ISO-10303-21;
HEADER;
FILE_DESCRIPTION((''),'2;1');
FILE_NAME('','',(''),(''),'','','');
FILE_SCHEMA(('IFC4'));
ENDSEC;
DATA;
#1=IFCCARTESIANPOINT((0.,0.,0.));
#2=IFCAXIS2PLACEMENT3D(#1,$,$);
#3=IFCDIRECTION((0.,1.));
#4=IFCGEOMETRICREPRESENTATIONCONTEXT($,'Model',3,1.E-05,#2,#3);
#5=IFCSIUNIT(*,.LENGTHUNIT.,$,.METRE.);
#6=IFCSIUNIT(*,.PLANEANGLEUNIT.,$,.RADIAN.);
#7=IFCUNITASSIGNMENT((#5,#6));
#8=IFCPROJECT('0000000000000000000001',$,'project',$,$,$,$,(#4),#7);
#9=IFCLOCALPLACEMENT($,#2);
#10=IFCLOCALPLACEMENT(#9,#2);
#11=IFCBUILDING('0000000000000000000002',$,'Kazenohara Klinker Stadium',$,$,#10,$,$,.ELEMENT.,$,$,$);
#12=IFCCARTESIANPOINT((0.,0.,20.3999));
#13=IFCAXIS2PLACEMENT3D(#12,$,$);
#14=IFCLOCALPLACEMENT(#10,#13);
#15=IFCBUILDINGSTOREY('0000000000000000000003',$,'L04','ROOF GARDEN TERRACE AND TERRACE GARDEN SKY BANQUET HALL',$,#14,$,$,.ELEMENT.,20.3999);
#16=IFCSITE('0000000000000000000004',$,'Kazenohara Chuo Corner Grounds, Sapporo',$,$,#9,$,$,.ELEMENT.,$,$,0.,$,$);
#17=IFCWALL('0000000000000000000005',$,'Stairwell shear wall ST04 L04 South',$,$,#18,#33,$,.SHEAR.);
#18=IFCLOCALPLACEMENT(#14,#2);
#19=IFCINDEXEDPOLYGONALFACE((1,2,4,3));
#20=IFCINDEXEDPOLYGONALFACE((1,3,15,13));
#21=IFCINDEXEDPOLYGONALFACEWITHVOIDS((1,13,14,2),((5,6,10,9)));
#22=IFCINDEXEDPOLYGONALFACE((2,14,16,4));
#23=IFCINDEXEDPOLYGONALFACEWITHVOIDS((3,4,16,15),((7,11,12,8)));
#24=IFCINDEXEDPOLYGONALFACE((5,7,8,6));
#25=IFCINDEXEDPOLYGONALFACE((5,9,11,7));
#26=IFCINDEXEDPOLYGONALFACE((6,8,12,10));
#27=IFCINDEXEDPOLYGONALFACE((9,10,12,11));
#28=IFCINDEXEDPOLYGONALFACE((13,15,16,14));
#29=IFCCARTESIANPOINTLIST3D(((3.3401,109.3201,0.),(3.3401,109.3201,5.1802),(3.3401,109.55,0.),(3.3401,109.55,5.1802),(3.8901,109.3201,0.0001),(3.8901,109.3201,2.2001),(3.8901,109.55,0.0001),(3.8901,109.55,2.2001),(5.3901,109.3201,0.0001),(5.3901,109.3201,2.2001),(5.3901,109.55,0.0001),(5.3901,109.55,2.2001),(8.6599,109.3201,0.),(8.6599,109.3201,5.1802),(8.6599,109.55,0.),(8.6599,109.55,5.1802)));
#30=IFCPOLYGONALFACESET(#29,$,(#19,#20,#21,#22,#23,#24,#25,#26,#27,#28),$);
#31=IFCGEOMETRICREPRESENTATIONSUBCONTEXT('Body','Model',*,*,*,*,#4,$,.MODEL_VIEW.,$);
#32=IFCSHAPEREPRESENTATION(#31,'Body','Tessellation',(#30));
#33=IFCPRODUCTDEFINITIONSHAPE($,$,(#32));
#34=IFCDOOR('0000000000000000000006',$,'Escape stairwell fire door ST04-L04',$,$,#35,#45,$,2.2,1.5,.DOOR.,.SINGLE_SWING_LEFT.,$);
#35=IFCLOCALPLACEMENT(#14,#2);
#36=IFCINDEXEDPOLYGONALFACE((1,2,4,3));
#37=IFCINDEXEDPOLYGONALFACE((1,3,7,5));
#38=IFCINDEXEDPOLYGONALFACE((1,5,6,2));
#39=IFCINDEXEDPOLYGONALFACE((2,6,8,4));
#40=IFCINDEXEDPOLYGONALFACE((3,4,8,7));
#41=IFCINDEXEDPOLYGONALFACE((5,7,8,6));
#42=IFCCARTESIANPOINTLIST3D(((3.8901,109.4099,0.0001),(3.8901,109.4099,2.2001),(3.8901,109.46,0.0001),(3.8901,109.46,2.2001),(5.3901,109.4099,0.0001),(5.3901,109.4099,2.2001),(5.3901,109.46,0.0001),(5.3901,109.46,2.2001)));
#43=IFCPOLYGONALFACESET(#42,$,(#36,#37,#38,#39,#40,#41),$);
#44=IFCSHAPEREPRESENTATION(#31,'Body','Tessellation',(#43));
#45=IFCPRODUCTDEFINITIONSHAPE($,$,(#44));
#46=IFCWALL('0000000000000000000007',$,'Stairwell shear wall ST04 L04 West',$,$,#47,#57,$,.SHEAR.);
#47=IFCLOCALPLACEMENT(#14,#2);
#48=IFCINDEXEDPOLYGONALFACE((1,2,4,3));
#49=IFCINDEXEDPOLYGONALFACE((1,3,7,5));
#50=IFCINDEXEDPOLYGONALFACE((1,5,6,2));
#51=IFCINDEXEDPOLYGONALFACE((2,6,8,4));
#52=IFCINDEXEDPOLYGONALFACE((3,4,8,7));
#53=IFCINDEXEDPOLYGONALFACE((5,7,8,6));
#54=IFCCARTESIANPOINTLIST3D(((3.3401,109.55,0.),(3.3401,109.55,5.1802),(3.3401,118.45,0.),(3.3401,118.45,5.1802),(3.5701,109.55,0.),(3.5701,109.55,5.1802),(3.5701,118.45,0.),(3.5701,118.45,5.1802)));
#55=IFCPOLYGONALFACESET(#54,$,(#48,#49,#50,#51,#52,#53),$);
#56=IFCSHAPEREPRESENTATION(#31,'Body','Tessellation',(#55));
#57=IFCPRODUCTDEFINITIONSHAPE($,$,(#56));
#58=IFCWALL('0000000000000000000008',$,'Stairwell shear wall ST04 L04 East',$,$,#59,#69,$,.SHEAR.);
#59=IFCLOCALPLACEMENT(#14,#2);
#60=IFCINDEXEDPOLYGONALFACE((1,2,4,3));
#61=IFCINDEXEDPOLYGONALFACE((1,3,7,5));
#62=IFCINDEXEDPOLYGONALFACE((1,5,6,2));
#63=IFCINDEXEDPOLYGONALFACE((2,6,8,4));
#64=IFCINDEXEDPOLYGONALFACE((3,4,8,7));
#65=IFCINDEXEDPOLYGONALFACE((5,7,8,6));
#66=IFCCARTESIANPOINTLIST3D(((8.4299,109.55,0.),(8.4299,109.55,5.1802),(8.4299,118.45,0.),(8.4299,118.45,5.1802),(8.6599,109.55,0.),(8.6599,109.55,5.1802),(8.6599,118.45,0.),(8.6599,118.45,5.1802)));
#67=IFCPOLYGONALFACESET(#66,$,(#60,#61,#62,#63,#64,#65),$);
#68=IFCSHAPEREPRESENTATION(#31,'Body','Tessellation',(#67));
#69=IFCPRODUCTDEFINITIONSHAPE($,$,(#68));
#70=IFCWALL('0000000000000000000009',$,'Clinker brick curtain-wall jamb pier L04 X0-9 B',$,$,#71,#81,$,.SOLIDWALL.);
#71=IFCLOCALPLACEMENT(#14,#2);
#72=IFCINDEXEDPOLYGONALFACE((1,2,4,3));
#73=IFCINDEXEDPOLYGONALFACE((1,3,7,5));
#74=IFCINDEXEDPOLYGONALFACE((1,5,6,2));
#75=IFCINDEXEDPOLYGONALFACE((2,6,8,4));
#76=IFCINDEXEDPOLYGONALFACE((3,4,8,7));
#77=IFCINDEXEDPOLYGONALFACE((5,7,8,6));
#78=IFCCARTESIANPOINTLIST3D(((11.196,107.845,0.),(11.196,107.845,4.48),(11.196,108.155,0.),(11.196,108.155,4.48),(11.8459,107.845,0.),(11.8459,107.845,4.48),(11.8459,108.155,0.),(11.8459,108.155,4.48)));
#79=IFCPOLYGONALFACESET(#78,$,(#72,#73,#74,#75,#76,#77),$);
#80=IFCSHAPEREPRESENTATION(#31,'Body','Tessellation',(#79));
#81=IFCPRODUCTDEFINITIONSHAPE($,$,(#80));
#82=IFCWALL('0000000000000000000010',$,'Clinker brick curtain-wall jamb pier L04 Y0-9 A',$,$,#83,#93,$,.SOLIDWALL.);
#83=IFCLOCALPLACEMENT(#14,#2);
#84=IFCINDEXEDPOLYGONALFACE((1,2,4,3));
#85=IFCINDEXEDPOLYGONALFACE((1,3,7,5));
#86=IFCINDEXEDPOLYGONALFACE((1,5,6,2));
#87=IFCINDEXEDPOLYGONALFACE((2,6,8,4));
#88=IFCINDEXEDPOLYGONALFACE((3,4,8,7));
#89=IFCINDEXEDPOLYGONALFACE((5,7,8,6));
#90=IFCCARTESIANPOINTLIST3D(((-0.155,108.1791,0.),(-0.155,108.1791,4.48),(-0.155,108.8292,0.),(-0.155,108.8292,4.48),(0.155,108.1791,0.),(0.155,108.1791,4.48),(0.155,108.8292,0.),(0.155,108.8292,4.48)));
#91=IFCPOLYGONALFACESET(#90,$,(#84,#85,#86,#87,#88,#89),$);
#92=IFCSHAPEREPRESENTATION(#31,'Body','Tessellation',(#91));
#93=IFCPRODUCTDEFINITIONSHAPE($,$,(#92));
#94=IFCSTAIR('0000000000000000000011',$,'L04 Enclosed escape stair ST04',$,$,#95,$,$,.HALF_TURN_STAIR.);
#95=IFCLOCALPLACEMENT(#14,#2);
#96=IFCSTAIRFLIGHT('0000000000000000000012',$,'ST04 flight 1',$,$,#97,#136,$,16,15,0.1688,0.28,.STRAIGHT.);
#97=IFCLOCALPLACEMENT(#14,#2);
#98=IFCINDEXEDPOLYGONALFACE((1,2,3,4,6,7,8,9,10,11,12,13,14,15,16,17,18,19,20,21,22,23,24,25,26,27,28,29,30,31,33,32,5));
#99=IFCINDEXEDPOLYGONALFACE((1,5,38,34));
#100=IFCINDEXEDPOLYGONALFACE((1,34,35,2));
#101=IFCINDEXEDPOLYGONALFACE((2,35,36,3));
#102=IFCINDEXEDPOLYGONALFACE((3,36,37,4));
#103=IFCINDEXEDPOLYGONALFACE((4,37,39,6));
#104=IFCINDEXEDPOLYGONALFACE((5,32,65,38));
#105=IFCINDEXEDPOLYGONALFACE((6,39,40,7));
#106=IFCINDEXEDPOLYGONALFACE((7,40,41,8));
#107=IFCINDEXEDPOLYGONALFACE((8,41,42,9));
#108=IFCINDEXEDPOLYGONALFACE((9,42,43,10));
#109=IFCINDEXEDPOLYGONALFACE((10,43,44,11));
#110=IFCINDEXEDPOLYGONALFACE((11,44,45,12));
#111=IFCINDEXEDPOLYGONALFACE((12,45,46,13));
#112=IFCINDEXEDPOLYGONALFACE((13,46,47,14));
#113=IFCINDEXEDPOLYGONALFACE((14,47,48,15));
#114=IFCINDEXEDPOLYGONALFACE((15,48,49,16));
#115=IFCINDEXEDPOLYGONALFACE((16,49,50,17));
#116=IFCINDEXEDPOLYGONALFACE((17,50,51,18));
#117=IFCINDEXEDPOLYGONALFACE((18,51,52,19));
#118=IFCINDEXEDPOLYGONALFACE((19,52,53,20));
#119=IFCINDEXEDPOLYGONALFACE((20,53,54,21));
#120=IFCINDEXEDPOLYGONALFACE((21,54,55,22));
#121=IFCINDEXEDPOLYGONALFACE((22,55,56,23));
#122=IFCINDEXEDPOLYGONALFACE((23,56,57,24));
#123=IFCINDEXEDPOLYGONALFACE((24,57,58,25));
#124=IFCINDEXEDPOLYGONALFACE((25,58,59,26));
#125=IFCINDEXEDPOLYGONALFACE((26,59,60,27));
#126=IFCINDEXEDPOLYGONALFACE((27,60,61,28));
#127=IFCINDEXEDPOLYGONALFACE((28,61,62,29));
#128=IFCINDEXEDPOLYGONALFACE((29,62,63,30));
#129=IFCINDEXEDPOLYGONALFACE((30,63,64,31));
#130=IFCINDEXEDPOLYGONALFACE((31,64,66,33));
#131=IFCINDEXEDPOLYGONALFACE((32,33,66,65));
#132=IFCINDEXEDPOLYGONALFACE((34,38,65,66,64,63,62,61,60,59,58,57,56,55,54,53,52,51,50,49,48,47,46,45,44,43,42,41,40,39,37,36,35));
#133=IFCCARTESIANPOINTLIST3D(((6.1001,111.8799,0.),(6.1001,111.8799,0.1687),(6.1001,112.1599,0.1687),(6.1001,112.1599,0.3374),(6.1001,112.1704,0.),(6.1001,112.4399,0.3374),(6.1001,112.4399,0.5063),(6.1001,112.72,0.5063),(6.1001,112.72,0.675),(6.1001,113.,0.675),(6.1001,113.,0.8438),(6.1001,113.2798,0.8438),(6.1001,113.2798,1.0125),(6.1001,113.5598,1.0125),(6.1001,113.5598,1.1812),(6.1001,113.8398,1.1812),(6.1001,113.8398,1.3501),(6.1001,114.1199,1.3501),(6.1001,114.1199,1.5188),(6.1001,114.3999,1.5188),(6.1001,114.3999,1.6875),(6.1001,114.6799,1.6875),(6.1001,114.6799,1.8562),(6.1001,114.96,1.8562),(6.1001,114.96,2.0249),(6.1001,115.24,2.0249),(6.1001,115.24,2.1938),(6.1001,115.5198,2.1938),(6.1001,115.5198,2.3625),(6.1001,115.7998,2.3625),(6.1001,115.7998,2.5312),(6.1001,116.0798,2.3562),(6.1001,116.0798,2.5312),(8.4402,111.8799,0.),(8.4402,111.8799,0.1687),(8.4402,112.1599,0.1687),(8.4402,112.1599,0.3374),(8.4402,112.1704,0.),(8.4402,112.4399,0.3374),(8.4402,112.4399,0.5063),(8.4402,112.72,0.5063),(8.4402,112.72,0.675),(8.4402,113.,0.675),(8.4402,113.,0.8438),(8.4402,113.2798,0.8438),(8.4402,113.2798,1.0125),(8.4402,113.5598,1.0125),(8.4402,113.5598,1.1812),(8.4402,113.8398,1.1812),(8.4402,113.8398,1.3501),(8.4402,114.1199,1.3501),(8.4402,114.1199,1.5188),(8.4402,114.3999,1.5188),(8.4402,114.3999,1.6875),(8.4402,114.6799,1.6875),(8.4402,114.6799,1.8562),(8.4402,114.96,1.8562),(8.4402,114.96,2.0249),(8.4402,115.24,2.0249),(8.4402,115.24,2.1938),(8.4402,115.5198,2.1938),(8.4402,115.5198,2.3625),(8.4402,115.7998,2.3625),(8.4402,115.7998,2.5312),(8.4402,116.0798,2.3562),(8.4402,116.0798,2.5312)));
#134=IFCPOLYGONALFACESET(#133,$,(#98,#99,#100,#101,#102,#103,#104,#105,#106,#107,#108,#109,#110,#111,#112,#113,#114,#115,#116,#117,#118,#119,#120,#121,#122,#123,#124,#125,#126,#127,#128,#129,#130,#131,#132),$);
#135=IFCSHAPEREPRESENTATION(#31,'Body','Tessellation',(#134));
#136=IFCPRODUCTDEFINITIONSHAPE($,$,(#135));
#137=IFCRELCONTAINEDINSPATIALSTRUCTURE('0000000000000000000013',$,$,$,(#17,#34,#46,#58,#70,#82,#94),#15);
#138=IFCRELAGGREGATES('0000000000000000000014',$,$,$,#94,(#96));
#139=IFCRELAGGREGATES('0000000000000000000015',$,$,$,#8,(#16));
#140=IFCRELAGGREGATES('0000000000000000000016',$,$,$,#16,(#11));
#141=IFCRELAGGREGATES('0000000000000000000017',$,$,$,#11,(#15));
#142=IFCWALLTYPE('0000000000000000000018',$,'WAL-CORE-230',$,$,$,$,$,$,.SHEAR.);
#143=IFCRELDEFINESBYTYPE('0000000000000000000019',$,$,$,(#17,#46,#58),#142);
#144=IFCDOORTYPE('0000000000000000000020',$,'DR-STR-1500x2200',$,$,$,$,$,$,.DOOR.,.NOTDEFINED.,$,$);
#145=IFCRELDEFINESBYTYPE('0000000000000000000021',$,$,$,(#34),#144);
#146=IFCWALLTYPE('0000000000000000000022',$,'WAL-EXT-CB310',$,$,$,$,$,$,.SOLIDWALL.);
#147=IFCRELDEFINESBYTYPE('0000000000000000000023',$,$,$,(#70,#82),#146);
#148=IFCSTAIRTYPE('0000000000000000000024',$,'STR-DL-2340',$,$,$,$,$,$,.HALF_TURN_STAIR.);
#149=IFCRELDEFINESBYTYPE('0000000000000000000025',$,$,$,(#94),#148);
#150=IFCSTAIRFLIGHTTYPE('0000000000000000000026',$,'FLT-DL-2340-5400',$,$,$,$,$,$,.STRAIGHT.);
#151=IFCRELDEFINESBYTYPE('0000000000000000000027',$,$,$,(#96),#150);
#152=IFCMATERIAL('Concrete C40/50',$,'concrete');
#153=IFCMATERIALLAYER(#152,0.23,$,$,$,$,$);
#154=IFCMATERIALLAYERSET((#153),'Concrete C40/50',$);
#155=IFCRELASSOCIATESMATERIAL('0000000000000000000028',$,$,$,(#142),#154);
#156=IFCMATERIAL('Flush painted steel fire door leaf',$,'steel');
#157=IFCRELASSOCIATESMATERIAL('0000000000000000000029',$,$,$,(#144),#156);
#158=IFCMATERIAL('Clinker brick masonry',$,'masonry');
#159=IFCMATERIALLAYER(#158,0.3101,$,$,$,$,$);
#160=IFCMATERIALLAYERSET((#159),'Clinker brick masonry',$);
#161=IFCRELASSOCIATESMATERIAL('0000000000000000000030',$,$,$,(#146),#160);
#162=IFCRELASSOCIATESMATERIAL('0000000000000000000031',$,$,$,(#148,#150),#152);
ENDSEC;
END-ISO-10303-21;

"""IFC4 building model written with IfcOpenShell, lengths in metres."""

from ifc_helpers import new_model, si_unit, direction, frame, frame_2d, origin, place, context, subcontext, project, spatial, polyline, rectangle, outline, extrude, material, layer, layer_set, type_object, element, fill, aggregate, save


model = new_model("IFC4")

# Units and contexts
model_context = context("Model", 3, precision=1e-05, world=origin(), true_north=direction((0.0, 1.0)))
body_context = subcontext(model_context, "Body", "Model", "MODEL_VIEW")
ifc_project = project(units=[si_unit("LENGTHUNIT", "METRE"), si_unit("PLANEANGLEUNIT", "RADIAN")], contexts=[model_context])

# Site, building, storey
site_placement = place(None, origin())
site = spatial("IfcSite", under=ifc_project, at=site_placement, Name="Kazenohara Chuo Corner Grounds, Sapporo", CompositionType="ELEMENT", RefElevation=0.0)
building_placement = place(site_placement, origin())
building = spatial("IfcBuilding", under=site, at=building_placement, Name="Kazenohara Klinker Stadium", CompositionType="ELEMENT")
storey_placement = place(building_placement, frame((0.0, 0.0, 20.3999)))
storey = spatial("IfcBuildingStorey", under=building, at=storey_placement, Name="L04", Description="ROOF GARDEN TERRACE AND TERRACE GARDEN SKY BANQUET HALL", CompositionType="ELEMENT", Elevation=20.3999)

# Shared definitions
ifc_material_1 = material(Name="Concrete C40/50", Category="concrete")

# Wall, opening, door
ifc_layer_1 = layer(ifc_material_1, 0.23)
ifc_layer_set_1 = layer_set([ifc_layer_1], Name="Concrete C40/50")
wall_type_1 = type_object("IfcWallType", Name="WAL-CORE-230", PredefinedType="SHEAR", material=ifc_layer_set_1)
wall_1_placement = place(storey_placement, frame((3.3401, 109.4351, 0.0), z_axis=(0.0, 0.0, 1.0), x_axis=(1.0, 0.0, 0.0)))
wall_1 = element("IfcWall", 1, at=wall_1_placement, inside=storey, type_object=wall_type_1, Name="Stairwell shear wall ST04 L04 South", PredefinedType="SHEAR", context=body_context, shape_type="SweptSolid", body=[
    extrude(rectangle(XDim=5.3198, YDim=0.23, at=frame_2d((2.6599, 0.0))), origin(), (0.0, 0.0, 1.0), 5.1802),
])
opening_placement = place(wall_1_placement, frame((0.55, 0.0, 0.0)))
opening = element("IfcOpeningElement", 2, at=opening_placement, cuts=wall_1, PredefinedType="OPENING", context=body_context, shape_type="SweptSolid", body=[
    extrude(rectangle(XDim=1.5, YDim=2.2, at=frame_2d((0.75, 1.1001))), frame((0.0, 0.125, 0.0), z_axis=(0.0, -1.0, 0.0), x_axis=(1.0, 0.0, 0.0)), (0.0, 0.0, 1.0), 0.25),
])
ifc_material_2 = material(Name="Flush painted steel fire door leaf", Category="steel")
door_type = type_object("IfcDoorType", Name="DR-STR-1500x2200", OperationType="NOTDEFINED", PredefinedType="DOOR", material=ifc_material_2)
door_placement = place(opening_placement, origin())
door = element("IfcDoor", 3, at=door_placement, inside=storey, type_object=door_type, Name="Escape stairwell fire door ST04-L04", OperationType="SINGLE_SWING_LEFT", OverallHeight=2.2, OverallWidth=1.5, PredefinedType="DOOR", context=body_context, shape_type="SweptSolid", body=[
    extrude(rectangle(XDim=1.5, YDim=2.2, at=frame_2d((0.75, 1.1001))), frame((0.0, 0.0249, 0.0), z_axis=(0.0, -1.0, 0.0), x_axis=(1.0, 0.0, 0.0)), (0.0, 0.0, 1.0), 0.05),
])
fill(opening, door)

# Walls
for number, where, z_axis, x_axis, name in (
    (4, (3.4551, 109.55, 0.0), (0.0, 0.0, 1.0), (0.0, 1.0, 0.0), "Stairwell shear wall ST04 L04 West"),
    (5, (8.5449, 109.55, 0.0), (0.0, 0.0, 1.0), (0.0, 1.0, 0.0), "Stairwell shear wall ST04 L04 East"),
):
    element("IfcWall", number, at=place(storey_placement, frame(where, z_axis=z_axis, x_axis=x_axis)), inside=storey, type_object=wall_type_1, Name=name, PredefinedType="SHEAR", context=body_context, shape_type="SweptSolid", body=[
        extrude(rectangle(XDim=8.8999, YDim=0.23, at=frame_2d((4.45, 0.0))), origin(), (0.0, 0.0, 1.0), 5.1802),
    ])
ifc_material_3 = material(Name="Clinker brick masonry", Category="masonry")
ifc_layer_2 = layer(ifc_material_3, 0.3101)
ifc_layer_set_2 = layer_set([ifc_layer_2], Name="Clinker brick masonry")
wall_type_2 = type_object("IfcWallType", Name="WAL-EXT-CB310", PredefinedType="SOLIDWALL", material=ifc_layer_set_2)
wall_2_placement = place(storey_placement, frame((11.196, 108.0, 0.0), z_axis=(0.0, 0.0, 1.0), x_axis=(1.0, 0.0, 0.0)))
element("IfcWall", 6, at=wall_2_placement, inside=storey, type_object=wall_type_2, Name="Clinker brick curtain-wall jamb pier L04 X0-9 B", PredefinedType="SOLIDWALL", context=body_context, shape_type="SweptSolid", body=[
    extrude(rectangle(XDim=0.6499, YDim=0.3101, at=frame_2d((0.325, 0.0))), origin(), (0.0, 0.0, 1.0), 4.48),
])
wall_3_placement = place(storey_placement, frame((0.0, 108.179, 0.0), z_axis=(0.0, 0.0, 1.0), x_axis=(0.0, 1.0, 0.0)))
element("IfcWall", 7, at=wall_3_placement, inside=storey, type_object=wall_type_2, Name="Clinker brick curtain-wall jamb pier L04 Y0-9 A", PredefinedType="SOLIDWALL", context=body_context, shape_type="SweptSolid", body=[
    extrude(rectangle(XDim=0.6501, YDim=0.3101, at=frame_2d((0.3252, 0.0))), origin(), (0.0, 0.0, 1.0), 4.48),
])

# Stair, stair flight
stair_type = type_object("IfcStairType", Name="STR-DL-2340", PredefinedType="HALF_TURN_STAIR", material=ifc_material_1)
stair_placement = place(storey_placement, origin())
stair = element("IfcStair", 8, at=stair_placement, inside=storey, type_object=stair_type, Name="L04 Enclosed escape stair ST04", PredefinedType="HALF_TURN_STAIR")
stair_flight_type = type_object("IfcStairFlightType", Name="FLT-DL-2340-5400", PredefinedType="STRAIGHT", material=ifc_material_1)
stair_flight_placement = place(storey_placement, frame((7.27, 111.8799, 0.0), z_axis=(0.0, 0.0, 1.0), x_axis=(0.0, 1.0, 0.0)))
stair_flight = element("IfcStairFlight", 9, at=stair_flight_placement, type_object=stair_flight_type, Name="ST04 flight 1", NumberOfRisers=16, NumberOfTreads=15, PredefinedType="STRAIGHT", RiserHeight=0.1688, TreadLength=0.28, context=body_context, shape_type="SweptSolid", body=[
    extrude(outline(polyline([(0.0, 0.0), (0.0, 0.1687), (0.28, 0.1687), (0.28, 0.3374), (0.5601, 0.3374), (0.5601, 0.5063), (0.8401, 0.5063), (0.8401, 0.675), (1.1201, 0.675), (1.1201, 0.8438), (1.3999, 0.8438), (1.3999, 1.0125), (1.6799, 1.0125), (1.6799, 1.1812), (1.96, 1.1812), (1.96, 1.3501), (2.24, 1.3501), (2.24, 1.5188), (2.52, 1.5188), (2.52, 1.6875), (2.8, 1.6875), (2.8, 1.8562), (3.0801, 1.8562), (3.0801, 2.0249), (3.3601, 2.0249), (3.3601, 2.1938), (3.6399, 2.1938), (3.6399, 2.3625), (3.9199, 2.3625), (3.9199, 2.5312), (4.2, 2.5312), (4.2, 2.7), (4.2, 2.3562), (0.2905, 0.0), (0.0, 0.0)])), frame((0.0, 1.1699, 0.0), z_axis=(0.0, -1.0, 0.0), x_axis=(1.0, 0.0, 0.0)), (0.0, 0.0, 1.0), 2.3401),
])
aggregate(stair, [stair_flight])

save(model, "model.ifc")
